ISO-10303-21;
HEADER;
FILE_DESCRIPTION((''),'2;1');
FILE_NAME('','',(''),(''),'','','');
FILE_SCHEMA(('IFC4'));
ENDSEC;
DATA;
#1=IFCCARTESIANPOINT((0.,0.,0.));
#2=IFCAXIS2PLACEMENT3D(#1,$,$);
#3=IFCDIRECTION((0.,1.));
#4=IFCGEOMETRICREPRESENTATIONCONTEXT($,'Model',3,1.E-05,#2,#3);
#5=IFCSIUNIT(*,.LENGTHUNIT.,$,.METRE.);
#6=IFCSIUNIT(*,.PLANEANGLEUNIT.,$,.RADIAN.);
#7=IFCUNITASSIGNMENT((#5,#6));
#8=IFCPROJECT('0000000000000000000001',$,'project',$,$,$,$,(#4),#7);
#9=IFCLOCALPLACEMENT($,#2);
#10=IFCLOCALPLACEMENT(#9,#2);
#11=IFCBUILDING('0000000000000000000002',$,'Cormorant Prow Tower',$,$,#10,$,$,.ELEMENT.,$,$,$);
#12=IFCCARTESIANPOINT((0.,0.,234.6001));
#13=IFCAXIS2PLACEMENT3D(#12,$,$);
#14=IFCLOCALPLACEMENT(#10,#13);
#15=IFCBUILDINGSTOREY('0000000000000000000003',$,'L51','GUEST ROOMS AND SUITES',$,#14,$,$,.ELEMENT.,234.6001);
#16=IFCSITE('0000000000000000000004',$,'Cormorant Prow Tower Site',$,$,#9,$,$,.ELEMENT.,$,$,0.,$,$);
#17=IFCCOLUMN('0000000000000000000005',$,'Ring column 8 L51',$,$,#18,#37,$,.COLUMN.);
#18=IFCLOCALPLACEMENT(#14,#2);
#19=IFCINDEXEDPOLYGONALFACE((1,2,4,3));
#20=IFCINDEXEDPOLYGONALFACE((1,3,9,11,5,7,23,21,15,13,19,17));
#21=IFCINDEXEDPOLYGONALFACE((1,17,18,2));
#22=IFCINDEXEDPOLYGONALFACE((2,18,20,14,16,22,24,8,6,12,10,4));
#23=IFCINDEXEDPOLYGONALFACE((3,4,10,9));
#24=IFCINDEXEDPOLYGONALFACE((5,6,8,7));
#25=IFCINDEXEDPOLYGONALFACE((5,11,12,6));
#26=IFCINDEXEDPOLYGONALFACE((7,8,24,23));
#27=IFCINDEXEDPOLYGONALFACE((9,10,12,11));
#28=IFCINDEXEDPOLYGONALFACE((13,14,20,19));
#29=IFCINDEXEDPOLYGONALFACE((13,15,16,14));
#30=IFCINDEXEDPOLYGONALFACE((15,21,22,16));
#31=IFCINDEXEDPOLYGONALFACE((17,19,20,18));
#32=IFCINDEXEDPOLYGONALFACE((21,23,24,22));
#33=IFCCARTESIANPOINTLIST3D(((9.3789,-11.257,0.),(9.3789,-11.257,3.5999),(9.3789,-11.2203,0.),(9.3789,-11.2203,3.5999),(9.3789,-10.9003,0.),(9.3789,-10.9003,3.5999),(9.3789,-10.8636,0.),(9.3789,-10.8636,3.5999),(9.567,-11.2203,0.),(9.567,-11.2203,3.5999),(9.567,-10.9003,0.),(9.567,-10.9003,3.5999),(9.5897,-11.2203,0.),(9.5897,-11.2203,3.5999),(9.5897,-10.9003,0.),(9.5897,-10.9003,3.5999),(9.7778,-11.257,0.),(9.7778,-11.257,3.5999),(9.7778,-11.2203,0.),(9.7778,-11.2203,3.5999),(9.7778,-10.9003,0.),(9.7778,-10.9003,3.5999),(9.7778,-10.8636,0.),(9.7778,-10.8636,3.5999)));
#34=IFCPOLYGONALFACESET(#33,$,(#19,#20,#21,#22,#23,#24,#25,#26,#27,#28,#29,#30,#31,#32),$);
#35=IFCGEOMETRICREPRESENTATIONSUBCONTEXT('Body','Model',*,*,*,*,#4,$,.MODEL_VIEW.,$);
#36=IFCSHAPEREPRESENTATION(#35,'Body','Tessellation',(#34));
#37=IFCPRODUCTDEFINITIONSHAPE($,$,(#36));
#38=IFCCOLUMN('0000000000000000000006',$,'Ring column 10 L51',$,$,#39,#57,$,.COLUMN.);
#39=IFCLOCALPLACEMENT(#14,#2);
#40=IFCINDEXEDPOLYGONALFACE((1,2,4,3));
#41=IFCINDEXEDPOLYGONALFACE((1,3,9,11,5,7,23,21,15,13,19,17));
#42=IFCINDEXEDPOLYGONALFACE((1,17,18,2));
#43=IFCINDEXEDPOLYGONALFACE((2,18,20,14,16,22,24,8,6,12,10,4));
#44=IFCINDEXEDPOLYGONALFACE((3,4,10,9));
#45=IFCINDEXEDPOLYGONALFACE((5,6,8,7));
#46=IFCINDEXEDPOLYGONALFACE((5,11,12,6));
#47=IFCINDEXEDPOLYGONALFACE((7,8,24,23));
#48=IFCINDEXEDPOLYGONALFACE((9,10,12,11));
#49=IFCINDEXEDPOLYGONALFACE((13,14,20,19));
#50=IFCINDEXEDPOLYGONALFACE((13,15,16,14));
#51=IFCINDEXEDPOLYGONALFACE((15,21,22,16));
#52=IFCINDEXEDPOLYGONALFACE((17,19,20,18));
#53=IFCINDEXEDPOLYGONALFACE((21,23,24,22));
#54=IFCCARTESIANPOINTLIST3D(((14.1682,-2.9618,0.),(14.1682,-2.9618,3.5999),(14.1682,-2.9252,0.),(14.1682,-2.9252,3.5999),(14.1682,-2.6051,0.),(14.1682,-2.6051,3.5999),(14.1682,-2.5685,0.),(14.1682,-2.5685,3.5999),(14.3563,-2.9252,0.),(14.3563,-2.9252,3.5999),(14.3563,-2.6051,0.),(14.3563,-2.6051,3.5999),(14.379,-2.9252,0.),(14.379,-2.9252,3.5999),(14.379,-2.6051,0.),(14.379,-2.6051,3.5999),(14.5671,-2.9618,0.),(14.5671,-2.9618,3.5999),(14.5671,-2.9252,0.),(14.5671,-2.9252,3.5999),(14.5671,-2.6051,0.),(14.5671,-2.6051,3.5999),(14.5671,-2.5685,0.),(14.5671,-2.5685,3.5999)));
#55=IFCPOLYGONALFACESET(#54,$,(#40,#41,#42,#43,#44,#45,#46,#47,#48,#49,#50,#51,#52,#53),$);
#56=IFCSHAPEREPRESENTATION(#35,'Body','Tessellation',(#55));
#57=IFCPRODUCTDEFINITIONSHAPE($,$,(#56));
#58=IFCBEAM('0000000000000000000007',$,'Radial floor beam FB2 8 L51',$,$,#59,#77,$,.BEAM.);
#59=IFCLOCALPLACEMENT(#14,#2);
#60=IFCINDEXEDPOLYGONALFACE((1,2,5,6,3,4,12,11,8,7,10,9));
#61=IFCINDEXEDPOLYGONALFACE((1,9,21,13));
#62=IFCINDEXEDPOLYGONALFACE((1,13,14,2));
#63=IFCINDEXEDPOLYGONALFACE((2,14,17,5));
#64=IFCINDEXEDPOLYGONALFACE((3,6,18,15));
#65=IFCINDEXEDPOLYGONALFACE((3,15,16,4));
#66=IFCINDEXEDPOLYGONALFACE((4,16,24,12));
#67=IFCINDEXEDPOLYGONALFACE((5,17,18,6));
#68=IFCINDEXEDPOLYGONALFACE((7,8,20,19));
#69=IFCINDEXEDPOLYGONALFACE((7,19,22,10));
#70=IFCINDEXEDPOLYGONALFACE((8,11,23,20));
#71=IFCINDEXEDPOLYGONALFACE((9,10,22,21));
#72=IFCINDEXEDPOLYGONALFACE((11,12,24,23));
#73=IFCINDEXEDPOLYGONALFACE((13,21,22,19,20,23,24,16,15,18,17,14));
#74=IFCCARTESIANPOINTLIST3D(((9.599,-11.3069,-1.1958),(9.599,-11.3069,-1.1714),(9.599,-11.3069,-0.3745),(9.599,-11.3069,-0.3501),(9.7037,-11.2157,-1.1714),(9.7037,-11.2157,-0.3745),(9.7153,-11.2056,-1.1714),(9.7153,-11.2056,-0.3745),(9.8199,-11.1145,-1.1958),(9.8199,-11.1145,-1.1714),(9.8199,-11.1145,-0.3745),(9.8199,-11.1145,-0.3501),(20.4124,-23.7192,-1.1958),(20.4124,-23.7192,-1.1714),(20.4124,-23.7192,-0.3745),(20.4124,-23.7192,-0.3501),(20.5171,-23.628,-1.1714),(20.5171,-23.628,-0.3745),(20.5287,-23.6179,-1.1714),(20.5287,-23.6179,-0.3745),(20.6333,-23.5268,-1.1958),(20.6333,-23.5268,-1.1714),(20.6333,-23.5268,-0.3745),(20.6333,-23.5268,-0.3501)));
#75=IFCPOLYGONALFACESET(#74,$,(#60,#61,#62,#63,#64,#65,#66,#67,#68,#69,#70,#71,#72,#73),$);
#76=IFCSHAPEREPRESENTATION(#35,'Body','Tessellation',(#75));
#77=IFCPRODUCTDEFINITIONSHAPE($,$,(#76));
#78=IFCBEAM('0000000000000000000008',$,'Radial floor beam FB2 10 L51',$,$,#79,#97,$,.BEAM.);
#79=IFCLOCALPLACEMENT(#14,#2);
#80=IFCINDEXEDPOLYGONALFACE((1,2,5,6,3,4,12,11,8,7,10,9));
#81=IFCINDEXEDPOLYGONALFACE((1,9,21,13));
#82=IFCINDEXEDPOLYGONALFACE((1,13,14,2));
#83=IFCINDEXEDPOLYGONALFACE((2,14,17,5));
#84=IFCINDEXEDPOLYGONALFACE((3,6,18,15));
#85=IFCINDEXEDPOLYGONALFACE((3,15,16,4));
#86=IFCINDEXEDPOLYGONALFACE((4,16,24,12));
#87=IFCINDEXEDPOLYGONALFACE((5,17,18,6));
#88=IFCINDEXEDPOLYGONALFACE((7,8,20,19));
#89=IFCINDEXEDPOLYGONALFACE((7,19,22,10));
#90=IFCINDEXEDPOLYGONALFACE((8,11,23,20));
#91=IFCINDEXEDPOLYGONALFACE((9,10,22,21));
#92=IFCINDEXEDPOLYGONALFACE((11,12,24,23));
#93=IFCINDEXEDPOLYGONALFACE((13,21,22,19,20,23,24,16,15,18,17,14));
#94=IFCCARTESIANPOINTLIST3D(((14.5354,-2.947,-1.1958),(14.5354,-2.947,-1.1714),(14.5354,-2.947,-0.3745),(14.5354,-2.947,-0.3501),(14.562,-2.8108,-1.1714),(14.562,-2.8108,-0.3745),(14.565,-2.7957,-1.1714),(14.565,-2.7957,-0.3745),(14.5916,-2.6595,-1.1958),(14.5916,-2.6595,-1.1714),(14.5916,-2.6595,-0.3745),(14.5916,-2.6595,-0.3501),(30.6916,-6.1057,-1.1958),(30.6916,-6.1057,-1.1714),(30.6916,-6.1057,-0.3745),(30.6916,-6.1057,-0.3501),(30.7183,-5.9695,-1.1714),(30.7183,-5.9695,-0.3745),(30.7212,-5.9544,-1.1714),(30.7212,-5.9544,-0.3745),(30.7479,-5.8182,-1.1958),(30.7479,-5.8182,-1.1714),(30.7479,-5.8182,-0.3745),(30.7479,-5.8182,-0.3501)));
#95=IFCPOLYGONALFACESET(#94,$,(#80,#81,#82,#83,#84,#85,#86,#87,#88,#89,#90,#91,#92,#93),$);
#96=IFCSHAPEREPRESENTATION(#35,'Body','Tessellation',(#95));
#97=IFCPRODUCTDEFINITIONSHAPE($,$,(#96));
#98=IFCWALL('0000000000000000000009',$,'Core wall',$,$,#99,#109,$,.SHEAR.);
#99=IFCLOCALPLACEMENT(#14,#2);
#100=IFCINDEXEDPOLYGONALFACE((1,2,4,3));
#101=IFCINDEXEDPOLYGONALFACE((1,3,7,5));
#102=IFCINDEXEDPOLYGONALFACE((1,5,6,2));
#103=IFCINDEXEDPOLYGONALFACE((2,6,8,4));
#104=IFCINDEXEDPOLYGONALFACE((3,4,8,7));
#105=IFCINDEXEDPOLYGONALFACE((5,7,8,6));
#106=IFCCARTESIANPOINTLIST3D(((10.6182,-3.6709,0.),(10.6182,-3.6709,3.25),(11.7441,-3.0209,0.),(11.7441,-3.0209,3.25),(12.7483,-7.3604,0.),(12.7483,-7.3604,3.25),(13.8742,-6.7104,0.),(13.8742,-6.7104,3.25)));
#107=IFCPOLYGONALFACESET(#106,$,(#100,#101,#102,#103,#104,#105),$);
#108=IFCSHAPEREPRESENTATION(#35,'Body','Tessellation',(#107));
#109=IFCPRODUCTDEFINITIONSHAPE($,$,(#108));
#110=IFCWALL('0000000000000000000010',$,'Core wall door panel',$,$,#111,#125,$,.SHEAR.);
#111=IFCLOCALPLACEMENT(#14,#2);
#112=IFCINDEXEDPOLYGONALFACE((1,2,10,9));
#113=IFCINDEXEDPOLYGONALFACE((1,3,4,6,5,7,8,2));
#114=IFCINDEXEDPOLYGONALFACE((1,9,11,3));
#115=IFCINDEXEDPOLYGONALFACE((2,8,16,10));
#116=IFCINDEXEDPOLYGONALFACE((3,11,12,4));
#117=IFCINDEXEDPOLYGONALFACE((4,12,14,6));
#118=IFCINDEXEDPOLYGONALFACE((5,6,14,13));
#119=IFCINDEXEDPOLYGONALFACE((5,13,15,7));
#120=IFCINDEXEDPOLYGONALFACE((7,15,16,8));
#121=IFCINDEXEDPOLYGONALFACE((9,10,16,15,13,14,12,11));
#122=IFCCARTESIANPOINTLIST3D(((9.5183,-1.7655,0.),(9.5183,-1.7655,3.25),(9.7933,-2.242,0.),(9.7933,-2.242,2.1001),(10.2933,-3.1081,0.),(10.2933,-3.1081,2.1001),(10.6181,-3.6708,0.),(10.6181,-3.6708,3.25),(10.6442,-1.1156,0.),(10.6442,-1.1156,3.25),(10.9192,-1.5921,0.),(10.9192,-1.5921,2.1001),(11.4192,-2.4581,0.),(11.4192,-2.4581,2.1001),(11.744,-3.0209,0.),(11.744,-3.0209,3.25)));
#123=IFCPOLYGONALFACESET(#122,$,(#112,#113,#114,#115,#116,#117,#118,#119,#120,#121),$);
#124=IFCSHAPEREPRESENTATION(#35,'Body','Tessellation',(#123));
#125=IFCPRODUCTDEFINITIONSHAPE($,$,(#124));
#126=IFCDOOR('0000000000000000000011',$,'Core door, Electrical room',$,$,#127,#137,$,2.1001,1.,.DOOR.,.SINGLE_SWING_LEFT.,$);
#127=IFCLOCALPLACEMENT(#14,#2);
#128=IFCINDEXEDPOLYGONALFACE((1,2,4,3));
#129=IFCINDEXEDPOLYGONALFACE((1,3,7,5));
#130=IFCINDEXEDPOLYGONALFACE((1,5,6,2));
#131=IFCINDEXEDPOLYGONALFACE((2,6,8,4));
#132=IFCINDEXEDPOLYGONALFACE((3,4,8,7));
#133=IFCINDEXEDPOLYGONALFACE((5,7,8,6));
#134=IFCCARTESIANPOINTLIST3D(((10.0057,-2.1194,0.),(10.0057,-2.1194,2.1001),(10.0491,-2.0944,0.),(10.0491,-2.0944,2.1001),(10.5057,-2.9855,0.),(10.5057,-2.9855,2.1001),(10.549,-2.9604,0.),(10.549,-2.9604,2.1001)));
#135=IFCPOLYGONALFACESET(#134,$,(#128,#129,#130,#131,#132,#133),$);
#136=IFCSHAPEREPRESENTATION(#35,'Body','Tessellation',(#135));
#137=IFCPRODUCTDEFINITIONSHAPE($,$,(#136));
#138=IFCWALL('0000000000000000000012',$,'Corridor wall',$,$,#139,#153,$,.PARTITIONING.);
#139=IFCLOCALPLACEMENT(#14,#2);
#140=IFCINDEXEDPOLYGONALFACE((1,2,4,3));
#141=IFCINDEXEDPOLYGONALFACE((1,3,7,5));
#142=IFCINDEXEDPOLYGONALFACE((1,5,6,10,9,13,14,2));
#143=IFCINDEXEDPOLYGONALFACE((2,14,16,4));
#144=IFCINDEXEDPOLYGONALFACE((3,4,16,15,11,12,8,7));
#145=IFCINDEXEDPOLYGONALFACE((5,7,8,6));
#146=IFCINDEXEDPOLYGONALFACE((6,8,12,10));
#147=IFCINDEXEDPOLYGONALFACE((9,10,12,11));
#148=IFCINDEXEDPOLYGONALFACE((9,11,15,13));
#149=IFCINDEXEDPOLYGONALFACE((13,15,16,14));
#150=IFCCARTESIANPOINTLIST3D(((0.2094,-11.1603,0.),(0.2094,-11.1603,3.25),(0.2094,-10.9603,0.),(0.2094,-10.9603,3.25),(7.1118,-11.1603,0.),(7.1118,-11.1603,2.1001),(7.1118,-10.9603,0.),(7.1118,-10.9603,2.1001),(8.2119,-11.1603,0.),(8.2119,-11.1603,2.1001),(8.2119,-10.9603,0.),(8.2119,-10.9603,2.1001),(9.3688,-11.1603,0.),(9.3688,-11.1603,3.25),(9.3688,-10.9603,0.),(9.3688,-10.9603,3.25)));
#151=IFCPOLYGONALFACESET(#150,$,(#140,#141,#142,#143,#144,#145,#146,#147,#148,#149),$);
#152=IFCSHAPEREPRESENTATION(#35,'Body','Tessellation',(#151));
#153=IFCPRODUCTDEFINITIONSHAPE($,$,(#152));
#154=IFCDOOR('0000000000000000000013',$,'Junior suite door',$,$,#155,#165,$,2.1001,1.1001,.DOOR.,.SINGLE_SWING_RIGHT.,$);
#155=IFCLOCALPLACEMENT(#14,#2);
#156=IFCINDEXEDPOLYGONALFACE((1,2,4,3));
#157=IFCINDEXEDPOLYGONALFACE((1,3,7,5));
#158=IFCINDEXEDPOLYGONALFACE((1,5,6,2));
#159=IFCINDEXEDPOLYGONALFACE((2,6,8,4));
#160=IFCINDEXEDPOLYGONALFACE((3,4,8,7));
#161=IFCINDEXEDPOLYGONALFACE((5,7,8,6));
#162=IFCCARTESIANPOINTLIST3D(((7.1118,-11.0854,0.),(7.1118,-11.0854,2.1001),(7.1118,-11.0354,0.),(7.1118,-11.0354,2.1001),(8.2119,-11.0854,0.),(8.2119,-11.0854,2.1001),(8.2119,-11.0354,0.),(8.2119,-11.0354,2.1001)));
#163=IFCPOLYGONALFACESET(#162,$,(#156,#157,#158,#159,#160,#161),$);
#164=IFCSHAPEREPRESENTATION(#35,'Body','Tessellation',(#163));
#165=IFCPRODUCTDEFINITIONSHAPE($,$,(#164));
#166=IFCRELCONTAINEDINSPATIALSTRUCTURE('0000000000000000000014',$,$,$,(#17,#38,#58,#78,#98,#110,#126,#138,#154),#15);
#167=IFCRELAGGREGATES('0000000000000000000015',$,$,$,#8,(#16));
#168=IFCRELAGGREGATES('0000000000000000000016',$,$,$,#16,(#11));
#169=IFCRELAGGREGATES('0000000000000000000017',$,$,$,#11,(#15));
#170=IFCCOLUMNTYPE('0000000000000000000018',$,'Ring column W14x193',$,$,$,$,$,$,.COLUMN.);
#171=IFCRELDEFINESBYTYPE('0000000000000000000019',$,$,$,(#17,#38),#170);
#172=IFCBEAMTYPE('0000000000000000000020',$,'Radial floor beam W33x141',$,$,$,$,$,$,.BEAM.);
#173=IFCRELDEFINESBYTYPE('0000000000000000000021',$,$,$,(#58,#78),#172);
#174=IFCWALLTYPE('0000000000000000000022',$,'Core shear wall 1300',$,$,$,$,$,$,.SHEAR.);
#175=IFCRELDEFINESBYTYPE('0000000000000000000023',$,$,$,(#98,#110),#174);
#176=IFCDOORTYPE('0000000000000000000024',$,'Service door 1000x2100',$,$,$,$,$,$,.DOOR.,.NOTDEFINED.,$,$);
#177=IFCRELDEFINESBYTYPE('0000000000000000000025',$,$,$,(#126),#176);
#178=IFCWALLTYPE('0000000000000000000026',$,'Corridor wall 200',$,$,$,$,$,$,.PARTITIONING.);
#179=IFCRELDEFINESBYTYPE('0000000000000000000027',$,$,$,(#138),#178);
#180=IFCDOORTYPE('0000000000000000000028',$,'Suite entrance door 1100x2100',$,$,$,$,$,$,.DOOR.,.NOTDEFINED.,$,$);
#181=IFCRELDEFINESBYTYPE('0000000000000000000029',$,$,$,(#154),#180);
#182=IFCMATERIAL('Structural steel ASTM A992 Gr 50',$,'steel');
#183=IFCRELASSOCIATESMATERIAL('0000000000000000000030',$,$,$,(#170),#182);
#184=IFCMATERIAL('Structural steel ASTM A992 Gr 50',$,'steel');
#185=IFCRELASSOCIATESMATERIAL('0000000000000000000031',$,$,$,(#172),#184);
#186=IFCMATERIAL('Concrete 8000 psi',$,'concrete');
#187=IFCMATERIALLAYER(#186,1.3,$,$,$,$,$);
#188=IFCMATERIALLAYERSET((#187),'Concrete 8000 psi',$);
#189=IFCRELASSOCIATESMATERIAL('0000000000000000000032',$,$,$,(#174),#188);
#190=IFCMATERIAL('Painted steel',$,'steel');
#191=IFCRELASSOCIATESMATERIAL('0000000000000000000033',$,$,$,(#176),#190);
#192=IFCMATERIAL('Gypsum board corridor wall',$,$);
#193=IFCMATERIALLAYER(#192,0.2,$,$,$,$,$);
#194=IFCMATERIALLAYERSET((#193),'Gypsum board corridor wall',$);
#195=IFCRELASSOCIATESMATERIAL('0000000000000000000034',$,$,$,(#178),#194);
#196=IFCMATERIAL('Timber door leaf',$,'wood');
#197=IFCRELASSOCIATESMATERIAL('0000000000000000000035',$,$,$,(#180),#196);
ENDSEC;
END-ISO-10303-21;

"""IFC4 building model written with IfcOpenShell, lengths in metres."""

from ifc_helpers import new_model, si_unit, direction, frame, frame_2d, origin, origin_2d, place, context, subcontext, project, spatial, rectangle, i_section, extrude, material, layer, layer_set, material_profile, profile_set, type_object, element, fill, save


model = new_model("IFC4")

# Units and contexts
model_context = context("Model", 3, precision=1e-05, world=origin(), true_north=direction((0.0, 1.0)))
body_context = subcontext(model_context, "Body", "Model", "MODEL_VIEW")
ifc_project = project(units=[si_unit("LENGTHUNIT", "METRE"), si_unit("PLANEANGLEUNIT", "RADIAN")], contexts=[model_context])

# Site, building, storey
site_placement = place(None, origin())
site = spatial("IfcSite", under=ifc_project, at=site_placement, Name="Cormorant Prow Tower Site", CompositionType="ELEMENT", RefElevation=0.0)
building_placement = place(site_placement, origin())
building = spatial("IfcBuilding", under=site, at=building_placement, Name="Cormorant Prow Tower", CompositionType="ELEMENT")
storey_placement = place(building_placement, frame((0.0, 0.0, 234.6001)))
storey = spatial("IfcBuildingStorey", under=building, at=storey_placement, Name="L51", Description="GUEST ROOMS AND SUITES", CompositionType="ELEMENT", Elevation=234.6001)

# Columns
ifc_material_1 = material(Name="Structural steel ASTM A992 Gr 50", Category="steel")
ifc_material_profile_1 = material_profile(ifc_material_1, i_section(OverallWidth=0.3989, OverallDepth=0.3933, WebThickness=0.0227, FlangeThickness=0.0366, at=origin_2d()), Name="W14x193")
ifc_profile_set_1 = profile_set([ifc_material_profile_1], Name="Structural steel ASTM A992 Gr 50")
column_type = type_object("IfcColumnType", Name="Ring column W14x193", PredefinedType="COLUMN", material=ifc_profile_set_1)
for number, where, z_axis, x_axis, name in (
    (1, (9.5784, -11.0603, 0.0), (0.0, 0.0, 1.0), (1.0, 0.0, 0.0), "Ring column 8 L51"),
    (2, (14.3677, -2.7651, 0.0), (0.0, 0.0, 1.0), (1.0, 0.0, 0.0), "Ring column 10 L51"),
):
    element("IfcColumn", number, at=place(storey_placement, frame(where, z_axis=z_axis, x_axis=x_axis)), inside=storey, type_object=column_type, Name=name, PredefinedType="COLUMN", context=body_context, shape_type="SweptSolid", body=[
        extrude(i_section(OverallWidth=0.3989, OverallDepth=0.3933, WebThickness=0.0227, FlangeThickness=0.0366, at=origin_2d()), origin(), (0.0, 0.0, 1.0), 3.5999),
    ])

# Beams
ifc_material_2 = material(Name="Structural steel ASTM A992 Gr 50", Category="steel")
ifc_material_profile_2 = material_profile(ifc_material_2, i_section(OverallWidth=0.293, OverallDepth=0.8457, WebThickness=0.0154, FlangeThickness=0.0244, at=origin_2d()), Name="W33x141")
ifc_profile_set_2 = profile_set([ifc_material_profile_2], Name="Structural steel ASTM A992 Gr 50")
beam_type = type_object("IfcBeamType", Name="Radial floor beam W33x141", PredefinedType="BEAM", material=ifc_profile_set_2)
beam_1_placement = place(storey_placement, frame((9.7095, -11.2107, -0.7729), z_axis=(0.656875, -0.754, 0.0), x_axis=(0.754, 0.656875, 0.0)))
element("IfcBeam", 3, at=beam_1_placement, inside=storey, type_object=beam_type, Name="Radial floor beam FB2 8 L51", PredefinedType="BEAM", context=body_context, shape_type="SweptSolid", body=[
    extrude(i_section(OverallWidth=0.293, OverallDepth=0.8457, WebThickness=0.0154, FlangeThickness=0.0244, at=origin_2d()), origin(), (0.0, 0.0, 1.0), 16.4619),
])
beam_2_placement = place(storey_placement, frame((14.5635, -2.8032, -0.7729), z_axis=(0.981419, -0.191876, 0.0), x_axis=(0.191876, 0.981419, 0.0)))
element("IfcBeam", 4, at=beam_2_placement, inside=storey, type_object=beam_type, Name="Radial floor beam FB2 10 L51", PredefinedType="BEAM", context=body_context, shape_type="SweptSolid", body=[
    extrude(i_section(OverallWidth=0.293, OverallDepth=0.8457, WebThickness=0.0154, FlangeThickness=0.0244, at=origin_2d()), origin(), (0.0, 0.0, 1.0), 16.4622),
])

# Wall
ifc_material_3 = material(Name="Concrete 8000 psi", Category="concrete")
ifc_layer_1 = layer(ifc_material_3, 1.3)
ifc_layer_set_1 = layer_set([ifc_layer_1], Name="Concrete 8000 psi")
wall_type_1 = type_object("IfcWallType", Name="Core shear wall 1300", PredefinedType="SHEAR", material=ifc_layer_set_1)
wall_1_placement = place(storey_placement, frame((13.3113, -7.0354, 0.0), z_axis=(0.0, 0.0, 1.0), x_axis=(-0.500004, 0.866023, 0.0)))
element("IfcWall", 5, at=wall_1_placement, inside=storey, type_object=wall_type_1, Name="Core wall", PredefinedType="SHEAR", context=body_context, shape_type="SweptSolid", body=[
    extrude(rectangle(XDim=4.2603, YDim=1.3, at=frame_2d((2.1301, 0.0))), origin(), (0.0, 0.0, 1.0), 3.25),
])

# Walls, openings, doors
wall_2_placement = place(storey_placement, frame((11.1812, -3.3459, 0.0), z_axis=(0.0, 0.0, 1.0), x_axis=(-0.499947, 0.866056, 0.0)))
wall_2 = element("IfcWall", 6, at=wall_2_placement, inside=storey, type_object=wall_type_1, Name="Core wall door panel", PredefinedType="SHEAR", context=body_context, shape_type="SweptSolid", body=[
    extrude(rectangle(XDim=2.2, YDim=1.3, at=frame_2d((1.1001, 0.0))), origin(), (0.0, 0.0, 1.0), 3.25),
])
opening_1_placement = place(wall_2_placement, frame((0.6499, 0.0, 0.0)))
opening_1 = element("IfcOpeningElement", 7, at=opening_1_placement, cuts=wall_2, PredefinedType="OPENING", context=body_context, shape_type="SweptSolid", body=[
    extrude(rectangle(XDim=1.0, YDim=2.1001, at=frame_2d((0.5, 1.05))), frame((0.0, 0.6599, 0.0), z_axis=(0.0, -1.0, 0.0), x_axis=(1.0, 0.0, 0.0)), (0.0, 0.0, 1.0), 1.3201),
])
ifc_material_4 = material(Name="Painted steel", Category="steel")
door_type_1 = type_object("IfcDoorType", Name="Service door 1000x2100", OperationType="NOTDEFINED", PredefinedType="DOOR", material=ifc_material_4)
door_1_placement = place(opening_1_placement, origin())
door_1 = element("IfcDoor", 8, at=door_1_placement, inside=storey, type_object=door_type_1, Name="Core door, Electrical room", OperationType="SINGLE_SWING_LEFT", OverallHeight=2.1001, OverallWidth=1.0, PredefinedType="DOOR", context=body_context, shape_type="SweptSolid", body=[
    extrude(rectangle(XDim=1.0, YDim=2.1001, at=frame_2d((0.5, 1.05))), frame((0.0, 0.4048, 0.0), z_axis=(0.0, -1.0, 0.0), x_axis=(1.0, 0.0, 0.0)), (0.0, 0.0, 1.0), 0.05),
])
fill(opening_1, door_1)
ifc_material_5 = material(Name="Gypsum board corridor wall")
ifc_layer_2 = layer(ifc_material_5, 0.2)
ifc_layer_set_2 = layer_set([ifc_layer_2], Name="Gypsum board corridor wall")
wall_type_2 = type_object("IfcWallType", Name="Corridor wall 200", PredefinedType="PARTITIONING", material=ifc_layer_set_2)
wall_3_placement = place(storey_placement, frame((0.2095, -11.0603, 0.0), z_axis=(0.0, 0.0, 1.0), x_axis=(1.0, 0.0, 0.0)))
wall_3 = element("IfcWall", 9, at=wall_3_placement, inside=storey, type_object=wall_type_2, Name="Corridor wall", PredefinedType="PARTITIONING", context=body_context, shape_type="SweptSolid", body=[
    extrude(rectangle(XDim=9.1594, YDim=0.2, at=frame_2d((4.5796, 0.0))), origin(), (0.0, 0.0, 1.0), 3.25),
])
opening_2_placement = place(wall_3_placement, frame((6.9023, 0.0, 0.0)))
opening_2 = element("IfcOpeningElement", 10, at=opening_2_placement, cuts=wall_3, PredefinedType="OPENING", context=body_context, shape_type="SweptSolid", body=[
    extrude(rectangle(XDim=1.1001, YDim=2.1001, at=frame_2d((0.55, 1.05))), frame((0.0, 0.1099, 0.0), z_axis=(0.0, -1.0, 0.0), x_axis=(1.0, 0.0, 0.0)), (0.0, 0.0, 1.0), 0.22),
])
ifc_material_6 = material(Name="Timber door leaf", Category="wood")
door_type_2 = type_object("IfcDoorType", Name="Suite entrance door 1100x2100", OperationType="NOTDEFINED", PredefinedType="DOOR", material=ifc_material_6)
door_2_placement = place(opening_2_placement, origin())
door_2 = element("IfcDoor", 11, at=door_2_placement, inside=storey, type_object=door_type_2, Name="Junior suite door", OperationType="SINGLE_SWING_RIGHT", OverallHeight=2.1001, OverallWidth=1.1001, PredefinedType="DOOR", context=body_context, shape_type="SweptSolid", body=[
    extrude(rectangle(XDim=1.1001, YDim=2.1001, at=frame_2d((0.55, 1.05))), frame((0.0, 0.0249, 0.0), z_axis=(0.0, -1.0, 0.0), x_axis=(1.0, 0.0, 0.0)), (0.0, 0.0, 1.0), 0.05),
])
fill(opening_2, door_2)

save(model, "model.ifc")
